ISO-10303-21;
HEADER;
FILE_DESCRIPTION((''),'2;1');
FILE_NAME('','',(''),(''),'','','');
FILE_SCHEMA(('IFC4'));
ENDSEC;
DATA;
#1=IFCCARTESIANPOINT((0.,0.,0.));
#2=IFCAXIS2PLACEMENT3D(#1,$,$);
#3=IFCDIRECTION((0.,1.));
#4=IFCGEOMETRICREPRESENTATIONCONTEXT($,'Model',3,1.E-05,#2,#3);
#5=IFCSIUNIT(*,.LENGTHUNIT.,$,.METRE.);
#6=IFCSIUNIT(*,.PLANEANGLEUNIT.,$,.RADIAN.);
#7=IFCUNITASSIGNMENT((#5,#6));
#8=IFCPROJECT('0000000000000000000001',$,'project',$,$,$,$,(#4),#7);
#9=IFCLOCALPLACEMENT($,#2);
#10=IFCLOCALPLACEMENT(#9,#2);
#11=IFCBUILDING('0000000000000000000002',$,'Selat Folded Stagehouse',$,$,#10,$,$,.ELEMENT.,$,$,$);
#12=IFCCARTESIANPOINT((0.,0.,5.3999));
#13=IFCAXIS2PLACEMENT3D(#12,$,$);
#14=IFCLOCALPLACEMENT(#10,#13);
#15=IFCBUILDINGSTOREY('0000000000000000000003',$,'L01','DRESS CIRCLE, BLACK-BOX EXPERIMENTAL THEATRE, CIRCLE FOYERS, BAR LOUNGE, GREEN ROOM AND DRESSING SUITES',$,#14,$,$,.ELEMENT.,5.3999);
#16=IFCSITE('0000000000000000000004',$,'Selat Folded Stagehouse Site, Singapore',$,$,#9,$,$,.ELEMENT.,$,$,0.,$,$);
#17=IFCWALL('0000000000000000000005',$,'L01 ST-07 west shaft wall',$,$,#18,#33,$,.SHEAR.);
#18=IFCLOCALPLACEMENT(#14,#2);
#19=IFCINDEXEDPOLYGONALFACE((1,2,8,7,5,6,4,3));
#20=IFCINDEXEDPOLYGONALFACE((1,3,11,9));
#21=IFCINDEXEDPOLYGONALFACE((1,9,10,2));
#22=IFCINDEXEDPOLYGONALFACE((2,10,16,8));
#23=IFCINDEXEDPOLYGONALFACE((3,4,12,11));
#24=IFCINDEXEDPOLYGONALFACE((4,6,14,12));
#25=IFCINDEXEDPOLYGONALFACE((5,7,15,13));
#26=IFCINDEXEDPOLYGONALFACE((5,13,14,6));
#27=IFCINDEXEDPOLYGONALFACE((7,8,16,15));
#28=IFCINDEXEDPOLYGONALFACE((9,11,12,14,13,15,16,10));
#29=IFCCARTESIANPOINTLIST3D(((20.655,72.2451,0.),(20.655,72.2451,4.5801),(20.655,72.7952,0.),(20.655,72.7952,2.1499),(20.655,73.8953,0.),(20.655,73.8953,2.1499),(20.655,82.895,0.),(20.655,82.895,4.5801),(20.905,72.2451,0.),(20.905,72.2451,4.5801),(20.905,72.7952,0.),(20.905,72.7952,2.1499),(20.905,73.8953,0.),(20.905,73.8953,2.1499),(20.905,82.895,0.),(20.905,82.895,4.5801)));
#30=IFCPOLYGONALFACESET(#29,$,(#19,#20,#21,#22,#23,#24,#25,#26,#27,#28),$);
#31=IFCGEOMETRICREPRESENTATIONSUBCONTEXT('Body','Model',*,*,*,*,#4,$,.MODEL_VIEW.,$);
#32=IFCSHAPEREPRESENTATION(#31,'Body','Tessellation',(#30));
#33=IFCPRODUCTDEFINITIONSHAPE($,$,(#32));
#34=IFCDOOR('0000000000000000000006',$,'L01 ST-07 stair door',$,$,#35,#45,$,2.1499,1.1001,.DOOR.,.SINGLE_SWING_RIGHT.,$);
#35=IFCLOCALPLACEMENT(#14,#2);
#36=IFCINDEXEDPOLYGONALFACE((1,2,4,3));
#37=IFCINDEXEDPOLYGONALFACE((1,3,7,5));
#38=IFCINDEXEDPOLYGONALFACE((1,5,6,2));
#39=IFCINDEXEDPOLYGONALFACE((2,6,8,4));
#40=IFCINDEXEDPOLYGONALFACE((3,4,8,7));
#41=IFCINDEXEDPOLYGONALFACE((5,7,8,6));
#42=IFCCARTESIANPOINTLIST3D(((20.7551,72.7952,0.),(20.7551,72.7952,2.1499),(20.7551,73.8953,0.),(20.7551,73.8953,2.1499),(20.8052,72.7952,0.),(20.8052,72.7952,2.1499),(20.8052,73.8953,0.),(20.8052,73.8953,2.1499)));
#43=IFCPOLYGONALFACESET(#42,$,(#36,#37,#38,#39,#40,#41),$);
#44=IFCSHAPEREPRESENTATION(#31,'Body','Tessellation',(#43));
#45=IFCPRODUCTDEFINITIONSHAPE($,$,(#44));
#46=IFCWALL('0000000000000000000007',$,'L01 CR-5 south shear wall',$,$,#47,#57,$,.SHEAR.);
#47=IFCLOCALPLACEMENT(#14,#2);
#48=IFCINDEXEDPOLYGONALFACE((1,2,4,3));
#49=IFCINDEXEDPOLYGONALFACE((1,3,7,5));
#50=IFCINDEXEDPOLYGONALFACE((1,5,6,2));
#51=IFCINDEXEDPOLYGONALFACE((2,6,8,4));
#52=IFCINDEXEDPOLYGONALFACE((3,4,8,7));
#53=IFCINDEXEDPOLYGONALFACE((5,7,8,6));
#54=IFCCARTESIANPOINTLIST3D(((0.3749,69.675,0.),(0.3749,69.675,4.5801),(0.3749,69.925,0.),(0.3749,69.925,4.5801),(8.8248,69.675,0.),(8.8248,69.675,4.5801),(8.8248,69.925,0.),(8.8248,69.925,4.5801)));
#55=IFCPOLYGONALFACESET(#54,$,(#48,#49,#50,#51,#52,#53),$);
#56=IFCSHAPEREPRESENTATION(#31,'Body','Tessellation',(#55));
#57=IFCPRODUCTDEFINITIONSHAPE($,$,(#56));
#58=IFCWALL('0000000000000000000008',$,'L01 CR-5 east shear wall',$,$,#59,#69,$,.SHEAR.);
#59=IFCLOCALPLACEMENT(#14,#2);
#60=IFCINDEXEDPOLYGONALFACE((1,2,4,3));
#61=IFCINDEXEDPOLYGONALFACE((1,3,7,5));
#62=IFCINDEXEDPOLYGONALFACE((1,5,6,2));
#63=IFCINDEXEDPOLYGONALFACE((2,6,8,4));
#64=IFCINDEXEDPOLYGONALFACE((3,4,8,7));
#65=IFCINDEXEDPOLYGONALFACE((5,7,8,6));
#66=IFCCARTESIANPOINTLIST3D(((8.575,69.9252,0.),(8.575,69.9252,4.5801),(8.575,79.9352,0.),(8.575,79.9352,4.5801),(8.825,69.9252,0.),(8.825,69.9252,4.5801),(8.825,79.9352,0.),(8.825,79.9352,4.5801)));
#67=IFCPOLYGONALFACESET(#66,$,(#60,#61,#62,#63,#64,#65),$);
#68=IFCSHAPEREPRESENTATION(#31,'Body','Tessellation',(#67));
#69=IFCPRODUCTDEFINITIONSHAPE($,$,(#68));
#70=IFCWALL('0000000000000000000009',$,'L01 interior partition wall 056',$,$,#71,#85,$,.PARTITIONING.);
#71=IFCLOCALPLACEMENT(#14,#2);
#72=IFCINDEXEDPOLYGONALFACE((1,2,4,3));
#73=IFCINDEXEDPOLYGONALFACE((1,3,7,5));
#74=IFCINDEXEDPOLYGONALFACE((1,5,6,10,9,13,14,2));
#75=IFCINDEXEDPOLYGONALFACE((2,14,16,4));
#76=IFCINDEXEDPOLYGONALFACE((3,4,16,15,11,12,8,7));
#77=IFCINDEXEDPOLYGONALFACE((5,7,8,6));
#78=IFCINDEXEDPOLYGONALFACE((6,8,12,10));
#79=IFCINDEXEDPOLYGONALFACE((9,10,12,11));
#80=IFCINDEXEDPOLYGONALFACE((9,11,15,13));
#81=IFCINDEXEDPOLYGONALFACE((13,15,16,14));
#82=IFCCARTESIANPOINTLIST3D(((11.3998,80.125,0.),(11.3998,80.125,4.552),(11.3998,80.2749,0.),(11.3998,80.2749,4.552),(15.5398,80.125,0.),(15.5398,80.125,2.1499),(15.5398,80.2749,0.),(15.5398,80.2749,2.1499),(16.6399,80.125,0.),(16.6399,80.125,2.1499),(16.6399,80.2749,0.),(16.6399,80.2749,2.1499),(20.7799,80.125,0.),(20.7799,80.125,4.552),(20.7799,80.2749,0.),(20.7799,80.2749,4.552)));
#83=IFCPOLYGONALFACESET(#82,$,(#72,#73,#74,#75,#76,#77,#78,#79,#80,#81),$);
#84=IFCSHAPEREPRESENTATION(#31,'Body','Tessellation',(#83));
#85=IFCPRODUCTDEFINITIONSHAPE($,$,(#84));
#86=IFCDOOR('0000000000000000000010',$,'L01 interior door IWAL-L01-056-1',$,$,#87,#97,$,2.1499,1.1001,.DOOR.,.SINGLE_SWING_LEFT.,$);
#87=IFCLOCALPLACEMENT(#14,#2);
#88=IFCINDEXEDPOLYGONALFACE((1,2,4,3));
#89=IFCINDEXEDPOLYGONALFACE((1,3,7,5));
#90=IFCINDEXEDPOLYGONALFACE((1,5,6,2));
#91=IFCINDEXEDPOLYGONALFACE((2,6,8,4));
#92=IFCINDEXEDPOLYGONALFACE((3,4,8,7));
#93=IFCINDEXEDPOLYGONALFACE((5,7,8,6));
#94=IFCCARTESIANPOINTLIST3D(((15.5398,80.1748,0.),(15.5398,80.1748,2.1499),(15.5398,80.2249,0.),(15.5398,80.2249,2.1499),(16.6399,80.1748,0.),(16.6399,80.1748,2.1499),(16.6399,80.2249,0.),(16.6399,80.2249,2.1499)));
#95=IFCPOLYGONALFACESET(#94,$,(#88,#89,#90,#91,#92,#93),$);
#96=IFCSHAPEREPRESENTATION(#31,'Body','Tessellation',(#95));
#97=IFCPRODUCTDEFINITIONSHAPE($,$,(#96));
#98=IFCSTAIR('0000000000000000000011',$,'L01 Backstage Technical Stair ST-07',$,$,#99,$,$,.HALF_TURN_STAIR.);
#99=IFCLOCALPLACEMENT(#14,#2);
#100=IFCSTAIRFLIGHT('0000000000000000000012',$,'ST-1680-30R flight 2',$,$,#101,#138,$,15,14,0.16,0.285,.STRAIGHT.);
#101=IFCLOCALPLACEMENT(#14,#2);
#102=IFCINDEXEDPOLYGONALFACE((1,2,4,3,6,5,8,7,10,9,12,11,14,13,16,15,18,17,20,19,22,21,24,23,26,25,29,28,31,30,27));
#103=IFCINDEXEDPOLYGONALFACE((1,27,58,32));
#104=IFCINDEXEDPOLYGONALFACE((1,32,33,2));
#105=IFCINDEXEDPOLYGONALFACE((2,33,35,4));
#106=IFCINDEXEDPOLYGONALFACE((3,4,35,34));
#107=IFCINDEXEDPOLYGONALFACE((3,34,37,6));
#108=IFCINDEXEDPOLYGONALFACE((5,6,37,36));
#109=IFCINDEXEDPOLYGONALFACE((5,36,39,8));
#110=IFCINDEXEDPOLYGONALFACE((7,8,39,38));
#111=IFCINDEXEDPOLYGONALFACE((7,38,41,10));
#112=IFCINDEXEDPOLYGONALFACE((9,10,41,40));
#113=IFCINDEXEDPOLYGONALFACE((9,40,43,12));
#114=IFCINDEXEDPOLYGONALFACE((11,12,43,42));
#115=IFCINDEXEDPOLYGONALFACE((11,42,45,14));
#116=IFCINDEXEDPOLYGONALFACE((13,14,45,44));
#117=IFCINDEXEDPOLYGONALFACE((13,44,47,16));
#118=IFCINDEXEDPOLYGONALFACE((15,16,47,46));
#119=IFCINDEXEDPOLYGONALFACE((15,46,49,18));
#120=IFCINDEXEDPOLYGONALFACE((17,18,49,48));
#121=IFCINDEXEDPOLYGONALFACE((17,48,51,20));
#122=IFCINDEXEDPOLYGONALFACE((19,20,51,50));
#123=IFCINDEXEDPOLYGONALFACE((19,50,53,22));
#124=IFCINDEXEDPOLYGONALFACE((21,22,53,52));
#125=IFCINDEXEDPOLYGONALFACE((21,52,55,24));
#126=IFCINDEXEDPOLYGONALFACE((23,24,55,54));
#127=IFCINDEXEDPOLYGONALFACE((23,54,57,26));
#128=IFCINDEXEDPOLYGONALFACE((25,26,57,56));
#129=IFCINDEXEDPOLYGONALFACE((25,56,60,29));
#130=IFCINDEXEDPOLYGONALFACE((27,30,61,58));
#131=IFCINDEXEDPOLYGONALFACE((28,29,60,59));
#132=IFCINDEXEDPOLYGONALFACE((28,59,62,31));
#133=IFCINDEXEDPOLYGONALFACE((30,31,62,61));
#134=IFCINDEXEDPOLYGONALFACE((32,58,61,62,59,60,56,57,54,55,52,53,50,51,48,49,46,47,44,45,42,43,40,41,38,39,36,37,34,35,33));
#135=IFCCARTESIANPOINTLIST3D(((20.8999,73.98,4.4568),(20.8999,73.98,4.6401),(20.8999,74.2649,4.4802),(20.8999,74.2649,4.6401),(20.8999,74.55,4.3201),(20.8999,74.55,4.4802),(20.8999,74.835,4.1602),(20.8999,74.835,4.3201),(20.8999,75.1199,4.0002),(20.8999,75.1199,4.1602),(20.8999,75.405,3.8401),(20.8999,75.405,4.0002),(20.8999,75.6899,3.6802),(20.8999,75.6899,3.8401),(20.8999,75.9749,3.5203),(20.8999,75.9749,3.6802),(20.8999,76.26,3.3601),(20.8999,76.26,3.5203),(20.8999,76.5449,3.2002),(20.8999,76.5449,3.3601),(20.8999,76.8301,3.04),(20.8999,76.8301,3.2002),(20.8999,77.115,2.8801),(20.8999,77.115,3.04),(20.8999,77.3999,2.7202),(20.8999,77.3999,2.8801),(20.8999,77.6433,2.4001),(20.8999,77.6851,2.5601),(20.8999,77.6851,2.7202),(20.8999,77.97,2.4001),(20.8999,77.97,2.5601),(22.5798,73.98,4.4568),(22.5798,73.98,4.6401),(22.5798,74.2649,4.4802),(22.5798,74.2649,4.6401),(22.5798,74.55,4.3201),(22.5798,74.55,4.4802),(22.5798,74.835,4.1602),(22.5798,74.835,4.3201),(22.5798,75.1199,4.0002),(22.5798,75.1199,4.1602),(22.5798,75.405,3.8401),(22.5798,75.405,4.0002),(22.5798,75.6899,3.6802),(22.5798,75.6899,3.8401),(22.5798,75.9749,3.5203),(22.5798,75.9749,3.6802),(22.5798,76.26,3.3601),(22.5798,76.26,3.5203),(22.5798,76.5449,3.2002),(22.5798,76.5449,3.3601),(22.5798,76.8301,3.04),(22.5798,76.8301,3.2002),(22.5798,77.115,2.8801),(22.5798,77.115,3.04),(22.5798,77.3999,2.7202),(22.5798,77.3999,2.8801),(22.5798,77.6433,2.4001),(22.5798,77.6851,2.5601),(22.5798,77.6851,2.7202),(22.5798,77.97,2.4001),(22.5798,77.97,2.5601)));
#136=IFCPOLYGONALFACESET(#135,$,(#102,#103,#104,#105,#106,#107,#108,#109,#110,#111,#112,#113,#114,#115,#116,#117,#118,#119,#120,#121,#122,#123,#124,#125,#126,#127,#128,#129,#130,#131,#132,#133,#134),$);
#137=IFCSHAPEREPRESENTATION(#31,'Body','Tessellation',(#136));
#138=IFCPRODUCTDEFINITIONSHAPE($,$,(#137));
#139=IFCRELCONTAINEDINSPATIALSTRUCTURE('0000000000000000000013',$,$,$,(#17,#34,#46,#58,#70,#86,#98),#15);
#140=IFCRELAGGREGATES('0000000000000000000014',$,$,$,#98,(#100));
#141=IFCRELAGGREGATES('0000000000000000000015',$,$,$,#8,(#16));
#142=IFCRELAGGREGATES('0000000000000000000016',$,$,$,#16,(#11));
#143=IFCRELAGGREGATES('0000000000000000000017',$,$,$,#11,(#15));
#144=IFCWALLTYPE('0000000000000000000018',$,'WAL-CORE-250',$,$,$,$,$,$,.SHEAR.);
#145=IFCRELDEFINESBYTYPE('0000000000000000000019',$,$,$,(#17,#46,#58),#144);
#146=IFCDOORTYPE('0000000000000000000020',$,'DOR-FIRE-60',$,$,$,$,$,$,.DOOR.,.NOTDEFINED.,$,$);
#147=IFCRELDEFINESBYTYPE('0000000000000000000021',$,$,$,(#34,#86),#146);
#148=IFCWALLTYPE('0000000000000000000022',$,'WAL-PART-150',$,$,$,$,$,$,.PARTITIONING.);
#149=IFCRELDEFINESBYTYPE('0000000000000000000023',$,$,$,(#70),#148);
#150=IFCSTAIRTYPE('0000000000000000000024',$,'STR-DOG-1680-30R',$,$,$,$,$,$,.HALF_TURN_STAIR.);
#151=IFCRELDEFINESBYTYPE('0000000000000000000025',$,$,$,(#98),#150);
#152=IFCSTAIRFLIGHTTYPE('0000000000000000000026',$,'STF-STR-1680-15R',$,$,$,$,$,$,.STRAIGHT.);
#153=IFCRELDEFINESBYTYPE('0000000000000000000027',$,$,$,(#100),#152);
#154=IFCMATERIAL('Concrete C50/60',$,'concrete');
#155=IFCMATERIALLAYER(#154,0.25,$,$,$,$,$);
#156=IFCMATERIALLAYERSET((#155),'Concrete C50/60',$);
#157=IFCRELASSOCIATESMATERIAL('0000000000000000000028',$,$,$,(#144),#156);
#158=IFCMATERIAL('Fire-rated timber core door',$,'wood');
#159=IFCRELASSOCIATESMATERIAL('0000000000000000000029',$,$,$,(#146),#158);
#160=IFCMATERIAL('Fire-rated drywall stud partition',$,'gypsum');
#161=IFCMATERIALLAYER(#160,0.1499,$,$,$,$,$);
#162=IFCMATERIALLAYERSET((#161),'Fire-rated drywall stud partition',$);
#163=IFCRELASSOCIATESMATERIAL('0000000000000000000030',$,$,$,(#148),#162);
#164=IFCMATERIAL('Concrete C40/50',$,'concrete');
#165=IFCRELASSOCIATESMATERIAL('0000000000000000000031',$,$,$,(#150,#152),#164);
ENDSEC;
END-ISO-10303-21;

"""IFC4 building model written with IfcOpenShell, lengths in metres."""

from ifc_helpers import new_model, si_unit, direction, frame, frame_2d, origin, place, context, subcontext, project, spatial, polyline, rectangle, outline, extrude, material, layer, layer_set, type_object, element, fill, aggregate, save


model = new_model("IFC4")

# Units and contexts
model_context = context("Model", 3, precision=1e-05, world=origin(), true_north=direction((0.0, 1.0)))
body_context = subcontext(model_context, "Body", "Model", "MODEL_VIEW")
ifc_project = project(units=[si_unit("LENGTHUNIT", "METRE"), si_unit("PLANEANGLEUNIT", "RADIAN")], contexts=[model_context])

# Site, building, storey
site_placement = place(None, origin())
site = spatial("IfcSite", under=ifc_project, at=site_placement, Name="Selat Folded Stagehouse Site, Singapore", CompositionType="ELEMENT", RefElevation=0.0)
building_placement = place(site_placement, origin())
building = spatial("IfcBuilding", under=site, at=building_placement, Name="Selat Folded Stagehouse", CompositionType="ELEMENT")
storey_placement = place(building_placement, frame((0.0, 0.0, 5.3999)))
storey = spatial("IfcBuildingStorey", under=building, at=storey_placement, Name="L01", Description="DRESS CIRCLE, BLACK-BOX EXPERIMENTAL THEATRE, CIRCLE FOYERS, BAR LOUNGE, GREEN ROOM AND DRESSING SUITES", CompositionType="ELEMENT", Elevation=5.3999)

# Shared definitions
ifc_material_1 = material(Name="Concrete C50/60", Category="concrete")
ifc_layer_1 = layer(ifc_material_1, 0.25)
ifc_layer_set_1 = layer_set([ifc_layer_1], Name="Concrete C50/60")
wall_type_1 = type_object("IfcWallType", Name="WAL-CORE-250", PredefinedType="SHEAR", material=ifc_layer_set_1)

# Wall, opening, door
wall_1_placement = place(storey_placement, frame((20.78, 72.2451, 0.0), z_axis=(0.0, 0.0, 1.0), x_axis=(0.0, 1.0, 0.0)))
wall_1 = element("IfcWall", 1, at=wall_1_placement, inside=storey, type_object=wall_type_1, Name="L01 ST-07 west shaft wall", PredefinedType="SHEAR", context=body_context, shape_type="SweptSolid", body=[
    extrude(rectangle(XDim=10.6499, YDim=0.25, at=frame_2d((5.325, 0.0))), origin(), (0.0, 0.0, 1.0), 4.5801),
])
opening_1_placement = place(wall_1_placement, frame((0.55, 0.0, 0.0)))
opening_1 = element("IfcOpeningElement", 2, at=opening_1_placement, cuts=wall_1, PredefinedType="OPENING", context=body_context, shape_type="SweptSolid", body=[
    extrude(rectangle(XDim=1.1001, YDim=2.1499, at=frame_2d((0.55, 1.075))), frame((0.0, 0.135, 0.0), z_axis=(0.0, -1.0, 0.0), x_axis=(1.0, 0.0, 0.0)), (0.0, 0.0, 1.0), 0.27),
])
ifc_material_2 = material(Name="Fire-rated timber core door", Category="wood")
door_type = type_object("IfcDoorType", Name="DOR-FIRE-60", OperationType="NOTDEFINED", PredefinedType="DOOR", material=ifc_material_2)
door_1_placement = place(opening_1_placement, origin())
door_1 = element("IfcDoor", 3, at=door_1_placement, inside=storey, type_object=door_type, Name="L01 ST-07 stair door", OperationType="SINGLE_SWING_RIGHT", OverallHeight=2.1499, OverallWidth=1.1001, PredefinedType="DOOR", context=body_context, shape_type="SweptSolid", body=[
    extrude(rectangle(XDim=1.1001, YDim=2.1499, at=frame_2d((0.55, 1.075))), frame((0.0, 0.0249, 0.0), z_axis=(0.0, -1.0, 0.0), x_axis=(1.0, 0.0, 0.0)), (0.0, 0.0, 1.0), 0.05),
])
fill(opening_1, door_1)

# Walls
wall_2_placement = place(storey_placement, frame((8.825, 69.8, 0.0), z_axis=(0.0, 0.0, 1.0), x_axis=(-1.0, 0.0, 0.0)))
element("IfcWall", 4, at=wall_2_placement, inside=storey, type_object=wall_type_1, Name="L01 CR-5 south shear wall", PredefinedType="SHEAR", context=body_context, shape_type="SweptSolid", body=[
    extrude(rectangle(XDim=8.45, YDim=0.25, at=frame_2d((4.2251, 0.0))), origin(), (0.0, 0.0, 1.0), 4.5801),
])
wall_3_placement = place(storey_placement, frame((8.7, 79.9351, 0.0), z_axis=(0.0, 0.0, 1.0), x_axis=(0.0, -1.0, 0.0)))
element("IfcWall", 5, at=wall_3_placement, inside=storey, type_object=wall_type_1, Name="L01 CR-5 east shear wall", PredefinedType="SHEAR", context=body_context, shape_type="SweptSolid", body=[
    extrude(rectangle(XDim=10.01, YDim=0.25, at=frame_2d((5.0049, 0.0))), origin(), (0.0, 0.0, 1.0), 4.5801),
])

# Wall, opening, door
ifc_material_3 = material(Name="Fire-rated drywall stud partition", Category="gypsum")
ifc_layer_2 = layer(ifc_material_3, 0.1499)
ifc_layer_set_2 = layer_set([ifc_layer_2], Name="Fire-rated drywall stud partition")
wall_type_2 = type_object("IfcWallType", Name="WAL-PART-150", PredefinedType="PARTITIONING", material=ifc_layer_set_2)
wall_4_placement = place(storey_placement, frame((11.3999, 80.2, 0.0), z_axis=(0.0, 0.0, 1.0), x_axis=(1.0, 0.0, 0.0)))
wall_4 = element("IfcWall", 6, at=wall_4_placement, inside=storey, type_object=wall_type_2, Name="L01 interior partition wall 056", PredefinedType="PARTITIONING", context=body_context, shape_type="SweptSolid", body=[
    extrude(rectangle(XDim=9.3801, YDim=0.1499, at=frame_2d((4.6899, 0.0))), origin(), (0.0, 0.0, 1.0), 4.552),
])
opening_2_placement = place(wall_4_placement, frame((4.1399, 0.0, 0.0)))
opening_2 = element("IfcOpeningElement", 7, at=opening_2_placement, cuts=wall_4, PredefinedType="OPENING", context=body_context, shape_type="SweptSolid", body=[
    extrude(rectangle(XDim=1.1001, YDim=2.1499, at=frame_2d((0.55, 1.075))), frame((0.0, 0.085, 0.0), z_axis=(0.0, -1.0, 0.0), x_axis=(1.0, 0.0, 0.0)), (0.0, 0.0, 1.0), 0.1699),
])
door_2_placement = place(opening_2_placement, origin())
door_2 = element("IfcDoor", 8, at=door_2_placement, inside=storey, type_object=door_type, Name="L01 interior door IWAL-L01-056-1", OperationType="SINGLE_SWING_LEFT", OverallHeight=2.1499, OverallWidth=1.1001, PredefinedType="DOOR", context=body_context, shape_type="SweptSolid", body=[
    extrude(rectangle(XDim=1.1001, YDim=2.1499, at=frame_2d((0.55, 1.075))), frame((0.0, 0.0249, 0.0), z_axis=(0.0, -1.0, 0.0), x_axis=(1.0, 0.0, 0.0)), (0.0, 0.0, 1.0), 0.05),
])
fill(opening_2, door_2)

# Stair, stair flight
ifc_material_4 = material(Name="Concrete C40/50", Category="concrete")
stair_type = type_object("IfcStairType", Name="STR-DOG-1680-30R", PredefinedType="HALF_TURN_STAIR", material=ifc_material_4)
stair_placement = place(storey_placement, origin())
stair = element("IfcStair", 9, at=stair_placement, inside=storey, type_object=stair_type, Name="L01 Backstage Technical Stair ST-07", PredefinedType="HALF_TURN_STAIR")
stair_flight_type = type_object("IfcStairFlightType", Name="STF-STR-1680-15R", PredefinedType="STRAIGHT", material=ifc_material_4)
stair_flight_placement = place(storey_placement, frame((21.74, 77.97, 2.4001), z_axis=(0.0, 0.0, 1.0), x_axis=(0.0, -1.0, 0.0)))
stair_flight = element("IfcStairFlight", 10, at=stair_flight_placement, type_object=stair_flight_type, Name="ST-1680-30R flight 2", NumberOfRisers=15, NumberOfTreads=14, PredefinedType="STRAIGHT", RiserHeight=0.16, TreadLength=0.285, context=body_context, shape_type="SweptSolid", body=[
    extrude(outline(polyline([(0.0, 0.0), (0.0, 0.1599), (0.2849, 0.1599), (0.2849, 0.3201), (0.5701, 0.3201), (0.5701, 0.48), (0.855, 0.48), (0.855, 0.6399), (1.1399, 0.6399), (1.1399, 0.8), (1.425, 0.8), (1.425, 0.96), (1.71, 0.96), (1.71, 1.1201), (1.9951, 1.1201), (1.9951, 1.28), (2.28, 1.28), (2.28, 1.4399), (2.5649, 1.4399), (2.5649, 1.6001), (2.8501, 1.6001), (2.8501, 1.76), (3.135, 1.76), (3.135, 1.9199), (3.4199, 1.9199), (3.4199, 2.0801), (3.7051, 2.0801), (3.7051, 2.24), (3.99, 2.24), (3.99, 2.3999), (3.99, 2.0566), (0.3267, 0.0), (0.0, 0.0)])), frame((0.0, 0.8398, 0.0), z_axis=(0.0, -1.0, 0.0), x_axis=(1.0, 0.0, 0.0)), (0.0, 0.0, 1.0), 1.6799),
])
aggregate(stair, [stair_flight])

save(model, "model.ifc")
